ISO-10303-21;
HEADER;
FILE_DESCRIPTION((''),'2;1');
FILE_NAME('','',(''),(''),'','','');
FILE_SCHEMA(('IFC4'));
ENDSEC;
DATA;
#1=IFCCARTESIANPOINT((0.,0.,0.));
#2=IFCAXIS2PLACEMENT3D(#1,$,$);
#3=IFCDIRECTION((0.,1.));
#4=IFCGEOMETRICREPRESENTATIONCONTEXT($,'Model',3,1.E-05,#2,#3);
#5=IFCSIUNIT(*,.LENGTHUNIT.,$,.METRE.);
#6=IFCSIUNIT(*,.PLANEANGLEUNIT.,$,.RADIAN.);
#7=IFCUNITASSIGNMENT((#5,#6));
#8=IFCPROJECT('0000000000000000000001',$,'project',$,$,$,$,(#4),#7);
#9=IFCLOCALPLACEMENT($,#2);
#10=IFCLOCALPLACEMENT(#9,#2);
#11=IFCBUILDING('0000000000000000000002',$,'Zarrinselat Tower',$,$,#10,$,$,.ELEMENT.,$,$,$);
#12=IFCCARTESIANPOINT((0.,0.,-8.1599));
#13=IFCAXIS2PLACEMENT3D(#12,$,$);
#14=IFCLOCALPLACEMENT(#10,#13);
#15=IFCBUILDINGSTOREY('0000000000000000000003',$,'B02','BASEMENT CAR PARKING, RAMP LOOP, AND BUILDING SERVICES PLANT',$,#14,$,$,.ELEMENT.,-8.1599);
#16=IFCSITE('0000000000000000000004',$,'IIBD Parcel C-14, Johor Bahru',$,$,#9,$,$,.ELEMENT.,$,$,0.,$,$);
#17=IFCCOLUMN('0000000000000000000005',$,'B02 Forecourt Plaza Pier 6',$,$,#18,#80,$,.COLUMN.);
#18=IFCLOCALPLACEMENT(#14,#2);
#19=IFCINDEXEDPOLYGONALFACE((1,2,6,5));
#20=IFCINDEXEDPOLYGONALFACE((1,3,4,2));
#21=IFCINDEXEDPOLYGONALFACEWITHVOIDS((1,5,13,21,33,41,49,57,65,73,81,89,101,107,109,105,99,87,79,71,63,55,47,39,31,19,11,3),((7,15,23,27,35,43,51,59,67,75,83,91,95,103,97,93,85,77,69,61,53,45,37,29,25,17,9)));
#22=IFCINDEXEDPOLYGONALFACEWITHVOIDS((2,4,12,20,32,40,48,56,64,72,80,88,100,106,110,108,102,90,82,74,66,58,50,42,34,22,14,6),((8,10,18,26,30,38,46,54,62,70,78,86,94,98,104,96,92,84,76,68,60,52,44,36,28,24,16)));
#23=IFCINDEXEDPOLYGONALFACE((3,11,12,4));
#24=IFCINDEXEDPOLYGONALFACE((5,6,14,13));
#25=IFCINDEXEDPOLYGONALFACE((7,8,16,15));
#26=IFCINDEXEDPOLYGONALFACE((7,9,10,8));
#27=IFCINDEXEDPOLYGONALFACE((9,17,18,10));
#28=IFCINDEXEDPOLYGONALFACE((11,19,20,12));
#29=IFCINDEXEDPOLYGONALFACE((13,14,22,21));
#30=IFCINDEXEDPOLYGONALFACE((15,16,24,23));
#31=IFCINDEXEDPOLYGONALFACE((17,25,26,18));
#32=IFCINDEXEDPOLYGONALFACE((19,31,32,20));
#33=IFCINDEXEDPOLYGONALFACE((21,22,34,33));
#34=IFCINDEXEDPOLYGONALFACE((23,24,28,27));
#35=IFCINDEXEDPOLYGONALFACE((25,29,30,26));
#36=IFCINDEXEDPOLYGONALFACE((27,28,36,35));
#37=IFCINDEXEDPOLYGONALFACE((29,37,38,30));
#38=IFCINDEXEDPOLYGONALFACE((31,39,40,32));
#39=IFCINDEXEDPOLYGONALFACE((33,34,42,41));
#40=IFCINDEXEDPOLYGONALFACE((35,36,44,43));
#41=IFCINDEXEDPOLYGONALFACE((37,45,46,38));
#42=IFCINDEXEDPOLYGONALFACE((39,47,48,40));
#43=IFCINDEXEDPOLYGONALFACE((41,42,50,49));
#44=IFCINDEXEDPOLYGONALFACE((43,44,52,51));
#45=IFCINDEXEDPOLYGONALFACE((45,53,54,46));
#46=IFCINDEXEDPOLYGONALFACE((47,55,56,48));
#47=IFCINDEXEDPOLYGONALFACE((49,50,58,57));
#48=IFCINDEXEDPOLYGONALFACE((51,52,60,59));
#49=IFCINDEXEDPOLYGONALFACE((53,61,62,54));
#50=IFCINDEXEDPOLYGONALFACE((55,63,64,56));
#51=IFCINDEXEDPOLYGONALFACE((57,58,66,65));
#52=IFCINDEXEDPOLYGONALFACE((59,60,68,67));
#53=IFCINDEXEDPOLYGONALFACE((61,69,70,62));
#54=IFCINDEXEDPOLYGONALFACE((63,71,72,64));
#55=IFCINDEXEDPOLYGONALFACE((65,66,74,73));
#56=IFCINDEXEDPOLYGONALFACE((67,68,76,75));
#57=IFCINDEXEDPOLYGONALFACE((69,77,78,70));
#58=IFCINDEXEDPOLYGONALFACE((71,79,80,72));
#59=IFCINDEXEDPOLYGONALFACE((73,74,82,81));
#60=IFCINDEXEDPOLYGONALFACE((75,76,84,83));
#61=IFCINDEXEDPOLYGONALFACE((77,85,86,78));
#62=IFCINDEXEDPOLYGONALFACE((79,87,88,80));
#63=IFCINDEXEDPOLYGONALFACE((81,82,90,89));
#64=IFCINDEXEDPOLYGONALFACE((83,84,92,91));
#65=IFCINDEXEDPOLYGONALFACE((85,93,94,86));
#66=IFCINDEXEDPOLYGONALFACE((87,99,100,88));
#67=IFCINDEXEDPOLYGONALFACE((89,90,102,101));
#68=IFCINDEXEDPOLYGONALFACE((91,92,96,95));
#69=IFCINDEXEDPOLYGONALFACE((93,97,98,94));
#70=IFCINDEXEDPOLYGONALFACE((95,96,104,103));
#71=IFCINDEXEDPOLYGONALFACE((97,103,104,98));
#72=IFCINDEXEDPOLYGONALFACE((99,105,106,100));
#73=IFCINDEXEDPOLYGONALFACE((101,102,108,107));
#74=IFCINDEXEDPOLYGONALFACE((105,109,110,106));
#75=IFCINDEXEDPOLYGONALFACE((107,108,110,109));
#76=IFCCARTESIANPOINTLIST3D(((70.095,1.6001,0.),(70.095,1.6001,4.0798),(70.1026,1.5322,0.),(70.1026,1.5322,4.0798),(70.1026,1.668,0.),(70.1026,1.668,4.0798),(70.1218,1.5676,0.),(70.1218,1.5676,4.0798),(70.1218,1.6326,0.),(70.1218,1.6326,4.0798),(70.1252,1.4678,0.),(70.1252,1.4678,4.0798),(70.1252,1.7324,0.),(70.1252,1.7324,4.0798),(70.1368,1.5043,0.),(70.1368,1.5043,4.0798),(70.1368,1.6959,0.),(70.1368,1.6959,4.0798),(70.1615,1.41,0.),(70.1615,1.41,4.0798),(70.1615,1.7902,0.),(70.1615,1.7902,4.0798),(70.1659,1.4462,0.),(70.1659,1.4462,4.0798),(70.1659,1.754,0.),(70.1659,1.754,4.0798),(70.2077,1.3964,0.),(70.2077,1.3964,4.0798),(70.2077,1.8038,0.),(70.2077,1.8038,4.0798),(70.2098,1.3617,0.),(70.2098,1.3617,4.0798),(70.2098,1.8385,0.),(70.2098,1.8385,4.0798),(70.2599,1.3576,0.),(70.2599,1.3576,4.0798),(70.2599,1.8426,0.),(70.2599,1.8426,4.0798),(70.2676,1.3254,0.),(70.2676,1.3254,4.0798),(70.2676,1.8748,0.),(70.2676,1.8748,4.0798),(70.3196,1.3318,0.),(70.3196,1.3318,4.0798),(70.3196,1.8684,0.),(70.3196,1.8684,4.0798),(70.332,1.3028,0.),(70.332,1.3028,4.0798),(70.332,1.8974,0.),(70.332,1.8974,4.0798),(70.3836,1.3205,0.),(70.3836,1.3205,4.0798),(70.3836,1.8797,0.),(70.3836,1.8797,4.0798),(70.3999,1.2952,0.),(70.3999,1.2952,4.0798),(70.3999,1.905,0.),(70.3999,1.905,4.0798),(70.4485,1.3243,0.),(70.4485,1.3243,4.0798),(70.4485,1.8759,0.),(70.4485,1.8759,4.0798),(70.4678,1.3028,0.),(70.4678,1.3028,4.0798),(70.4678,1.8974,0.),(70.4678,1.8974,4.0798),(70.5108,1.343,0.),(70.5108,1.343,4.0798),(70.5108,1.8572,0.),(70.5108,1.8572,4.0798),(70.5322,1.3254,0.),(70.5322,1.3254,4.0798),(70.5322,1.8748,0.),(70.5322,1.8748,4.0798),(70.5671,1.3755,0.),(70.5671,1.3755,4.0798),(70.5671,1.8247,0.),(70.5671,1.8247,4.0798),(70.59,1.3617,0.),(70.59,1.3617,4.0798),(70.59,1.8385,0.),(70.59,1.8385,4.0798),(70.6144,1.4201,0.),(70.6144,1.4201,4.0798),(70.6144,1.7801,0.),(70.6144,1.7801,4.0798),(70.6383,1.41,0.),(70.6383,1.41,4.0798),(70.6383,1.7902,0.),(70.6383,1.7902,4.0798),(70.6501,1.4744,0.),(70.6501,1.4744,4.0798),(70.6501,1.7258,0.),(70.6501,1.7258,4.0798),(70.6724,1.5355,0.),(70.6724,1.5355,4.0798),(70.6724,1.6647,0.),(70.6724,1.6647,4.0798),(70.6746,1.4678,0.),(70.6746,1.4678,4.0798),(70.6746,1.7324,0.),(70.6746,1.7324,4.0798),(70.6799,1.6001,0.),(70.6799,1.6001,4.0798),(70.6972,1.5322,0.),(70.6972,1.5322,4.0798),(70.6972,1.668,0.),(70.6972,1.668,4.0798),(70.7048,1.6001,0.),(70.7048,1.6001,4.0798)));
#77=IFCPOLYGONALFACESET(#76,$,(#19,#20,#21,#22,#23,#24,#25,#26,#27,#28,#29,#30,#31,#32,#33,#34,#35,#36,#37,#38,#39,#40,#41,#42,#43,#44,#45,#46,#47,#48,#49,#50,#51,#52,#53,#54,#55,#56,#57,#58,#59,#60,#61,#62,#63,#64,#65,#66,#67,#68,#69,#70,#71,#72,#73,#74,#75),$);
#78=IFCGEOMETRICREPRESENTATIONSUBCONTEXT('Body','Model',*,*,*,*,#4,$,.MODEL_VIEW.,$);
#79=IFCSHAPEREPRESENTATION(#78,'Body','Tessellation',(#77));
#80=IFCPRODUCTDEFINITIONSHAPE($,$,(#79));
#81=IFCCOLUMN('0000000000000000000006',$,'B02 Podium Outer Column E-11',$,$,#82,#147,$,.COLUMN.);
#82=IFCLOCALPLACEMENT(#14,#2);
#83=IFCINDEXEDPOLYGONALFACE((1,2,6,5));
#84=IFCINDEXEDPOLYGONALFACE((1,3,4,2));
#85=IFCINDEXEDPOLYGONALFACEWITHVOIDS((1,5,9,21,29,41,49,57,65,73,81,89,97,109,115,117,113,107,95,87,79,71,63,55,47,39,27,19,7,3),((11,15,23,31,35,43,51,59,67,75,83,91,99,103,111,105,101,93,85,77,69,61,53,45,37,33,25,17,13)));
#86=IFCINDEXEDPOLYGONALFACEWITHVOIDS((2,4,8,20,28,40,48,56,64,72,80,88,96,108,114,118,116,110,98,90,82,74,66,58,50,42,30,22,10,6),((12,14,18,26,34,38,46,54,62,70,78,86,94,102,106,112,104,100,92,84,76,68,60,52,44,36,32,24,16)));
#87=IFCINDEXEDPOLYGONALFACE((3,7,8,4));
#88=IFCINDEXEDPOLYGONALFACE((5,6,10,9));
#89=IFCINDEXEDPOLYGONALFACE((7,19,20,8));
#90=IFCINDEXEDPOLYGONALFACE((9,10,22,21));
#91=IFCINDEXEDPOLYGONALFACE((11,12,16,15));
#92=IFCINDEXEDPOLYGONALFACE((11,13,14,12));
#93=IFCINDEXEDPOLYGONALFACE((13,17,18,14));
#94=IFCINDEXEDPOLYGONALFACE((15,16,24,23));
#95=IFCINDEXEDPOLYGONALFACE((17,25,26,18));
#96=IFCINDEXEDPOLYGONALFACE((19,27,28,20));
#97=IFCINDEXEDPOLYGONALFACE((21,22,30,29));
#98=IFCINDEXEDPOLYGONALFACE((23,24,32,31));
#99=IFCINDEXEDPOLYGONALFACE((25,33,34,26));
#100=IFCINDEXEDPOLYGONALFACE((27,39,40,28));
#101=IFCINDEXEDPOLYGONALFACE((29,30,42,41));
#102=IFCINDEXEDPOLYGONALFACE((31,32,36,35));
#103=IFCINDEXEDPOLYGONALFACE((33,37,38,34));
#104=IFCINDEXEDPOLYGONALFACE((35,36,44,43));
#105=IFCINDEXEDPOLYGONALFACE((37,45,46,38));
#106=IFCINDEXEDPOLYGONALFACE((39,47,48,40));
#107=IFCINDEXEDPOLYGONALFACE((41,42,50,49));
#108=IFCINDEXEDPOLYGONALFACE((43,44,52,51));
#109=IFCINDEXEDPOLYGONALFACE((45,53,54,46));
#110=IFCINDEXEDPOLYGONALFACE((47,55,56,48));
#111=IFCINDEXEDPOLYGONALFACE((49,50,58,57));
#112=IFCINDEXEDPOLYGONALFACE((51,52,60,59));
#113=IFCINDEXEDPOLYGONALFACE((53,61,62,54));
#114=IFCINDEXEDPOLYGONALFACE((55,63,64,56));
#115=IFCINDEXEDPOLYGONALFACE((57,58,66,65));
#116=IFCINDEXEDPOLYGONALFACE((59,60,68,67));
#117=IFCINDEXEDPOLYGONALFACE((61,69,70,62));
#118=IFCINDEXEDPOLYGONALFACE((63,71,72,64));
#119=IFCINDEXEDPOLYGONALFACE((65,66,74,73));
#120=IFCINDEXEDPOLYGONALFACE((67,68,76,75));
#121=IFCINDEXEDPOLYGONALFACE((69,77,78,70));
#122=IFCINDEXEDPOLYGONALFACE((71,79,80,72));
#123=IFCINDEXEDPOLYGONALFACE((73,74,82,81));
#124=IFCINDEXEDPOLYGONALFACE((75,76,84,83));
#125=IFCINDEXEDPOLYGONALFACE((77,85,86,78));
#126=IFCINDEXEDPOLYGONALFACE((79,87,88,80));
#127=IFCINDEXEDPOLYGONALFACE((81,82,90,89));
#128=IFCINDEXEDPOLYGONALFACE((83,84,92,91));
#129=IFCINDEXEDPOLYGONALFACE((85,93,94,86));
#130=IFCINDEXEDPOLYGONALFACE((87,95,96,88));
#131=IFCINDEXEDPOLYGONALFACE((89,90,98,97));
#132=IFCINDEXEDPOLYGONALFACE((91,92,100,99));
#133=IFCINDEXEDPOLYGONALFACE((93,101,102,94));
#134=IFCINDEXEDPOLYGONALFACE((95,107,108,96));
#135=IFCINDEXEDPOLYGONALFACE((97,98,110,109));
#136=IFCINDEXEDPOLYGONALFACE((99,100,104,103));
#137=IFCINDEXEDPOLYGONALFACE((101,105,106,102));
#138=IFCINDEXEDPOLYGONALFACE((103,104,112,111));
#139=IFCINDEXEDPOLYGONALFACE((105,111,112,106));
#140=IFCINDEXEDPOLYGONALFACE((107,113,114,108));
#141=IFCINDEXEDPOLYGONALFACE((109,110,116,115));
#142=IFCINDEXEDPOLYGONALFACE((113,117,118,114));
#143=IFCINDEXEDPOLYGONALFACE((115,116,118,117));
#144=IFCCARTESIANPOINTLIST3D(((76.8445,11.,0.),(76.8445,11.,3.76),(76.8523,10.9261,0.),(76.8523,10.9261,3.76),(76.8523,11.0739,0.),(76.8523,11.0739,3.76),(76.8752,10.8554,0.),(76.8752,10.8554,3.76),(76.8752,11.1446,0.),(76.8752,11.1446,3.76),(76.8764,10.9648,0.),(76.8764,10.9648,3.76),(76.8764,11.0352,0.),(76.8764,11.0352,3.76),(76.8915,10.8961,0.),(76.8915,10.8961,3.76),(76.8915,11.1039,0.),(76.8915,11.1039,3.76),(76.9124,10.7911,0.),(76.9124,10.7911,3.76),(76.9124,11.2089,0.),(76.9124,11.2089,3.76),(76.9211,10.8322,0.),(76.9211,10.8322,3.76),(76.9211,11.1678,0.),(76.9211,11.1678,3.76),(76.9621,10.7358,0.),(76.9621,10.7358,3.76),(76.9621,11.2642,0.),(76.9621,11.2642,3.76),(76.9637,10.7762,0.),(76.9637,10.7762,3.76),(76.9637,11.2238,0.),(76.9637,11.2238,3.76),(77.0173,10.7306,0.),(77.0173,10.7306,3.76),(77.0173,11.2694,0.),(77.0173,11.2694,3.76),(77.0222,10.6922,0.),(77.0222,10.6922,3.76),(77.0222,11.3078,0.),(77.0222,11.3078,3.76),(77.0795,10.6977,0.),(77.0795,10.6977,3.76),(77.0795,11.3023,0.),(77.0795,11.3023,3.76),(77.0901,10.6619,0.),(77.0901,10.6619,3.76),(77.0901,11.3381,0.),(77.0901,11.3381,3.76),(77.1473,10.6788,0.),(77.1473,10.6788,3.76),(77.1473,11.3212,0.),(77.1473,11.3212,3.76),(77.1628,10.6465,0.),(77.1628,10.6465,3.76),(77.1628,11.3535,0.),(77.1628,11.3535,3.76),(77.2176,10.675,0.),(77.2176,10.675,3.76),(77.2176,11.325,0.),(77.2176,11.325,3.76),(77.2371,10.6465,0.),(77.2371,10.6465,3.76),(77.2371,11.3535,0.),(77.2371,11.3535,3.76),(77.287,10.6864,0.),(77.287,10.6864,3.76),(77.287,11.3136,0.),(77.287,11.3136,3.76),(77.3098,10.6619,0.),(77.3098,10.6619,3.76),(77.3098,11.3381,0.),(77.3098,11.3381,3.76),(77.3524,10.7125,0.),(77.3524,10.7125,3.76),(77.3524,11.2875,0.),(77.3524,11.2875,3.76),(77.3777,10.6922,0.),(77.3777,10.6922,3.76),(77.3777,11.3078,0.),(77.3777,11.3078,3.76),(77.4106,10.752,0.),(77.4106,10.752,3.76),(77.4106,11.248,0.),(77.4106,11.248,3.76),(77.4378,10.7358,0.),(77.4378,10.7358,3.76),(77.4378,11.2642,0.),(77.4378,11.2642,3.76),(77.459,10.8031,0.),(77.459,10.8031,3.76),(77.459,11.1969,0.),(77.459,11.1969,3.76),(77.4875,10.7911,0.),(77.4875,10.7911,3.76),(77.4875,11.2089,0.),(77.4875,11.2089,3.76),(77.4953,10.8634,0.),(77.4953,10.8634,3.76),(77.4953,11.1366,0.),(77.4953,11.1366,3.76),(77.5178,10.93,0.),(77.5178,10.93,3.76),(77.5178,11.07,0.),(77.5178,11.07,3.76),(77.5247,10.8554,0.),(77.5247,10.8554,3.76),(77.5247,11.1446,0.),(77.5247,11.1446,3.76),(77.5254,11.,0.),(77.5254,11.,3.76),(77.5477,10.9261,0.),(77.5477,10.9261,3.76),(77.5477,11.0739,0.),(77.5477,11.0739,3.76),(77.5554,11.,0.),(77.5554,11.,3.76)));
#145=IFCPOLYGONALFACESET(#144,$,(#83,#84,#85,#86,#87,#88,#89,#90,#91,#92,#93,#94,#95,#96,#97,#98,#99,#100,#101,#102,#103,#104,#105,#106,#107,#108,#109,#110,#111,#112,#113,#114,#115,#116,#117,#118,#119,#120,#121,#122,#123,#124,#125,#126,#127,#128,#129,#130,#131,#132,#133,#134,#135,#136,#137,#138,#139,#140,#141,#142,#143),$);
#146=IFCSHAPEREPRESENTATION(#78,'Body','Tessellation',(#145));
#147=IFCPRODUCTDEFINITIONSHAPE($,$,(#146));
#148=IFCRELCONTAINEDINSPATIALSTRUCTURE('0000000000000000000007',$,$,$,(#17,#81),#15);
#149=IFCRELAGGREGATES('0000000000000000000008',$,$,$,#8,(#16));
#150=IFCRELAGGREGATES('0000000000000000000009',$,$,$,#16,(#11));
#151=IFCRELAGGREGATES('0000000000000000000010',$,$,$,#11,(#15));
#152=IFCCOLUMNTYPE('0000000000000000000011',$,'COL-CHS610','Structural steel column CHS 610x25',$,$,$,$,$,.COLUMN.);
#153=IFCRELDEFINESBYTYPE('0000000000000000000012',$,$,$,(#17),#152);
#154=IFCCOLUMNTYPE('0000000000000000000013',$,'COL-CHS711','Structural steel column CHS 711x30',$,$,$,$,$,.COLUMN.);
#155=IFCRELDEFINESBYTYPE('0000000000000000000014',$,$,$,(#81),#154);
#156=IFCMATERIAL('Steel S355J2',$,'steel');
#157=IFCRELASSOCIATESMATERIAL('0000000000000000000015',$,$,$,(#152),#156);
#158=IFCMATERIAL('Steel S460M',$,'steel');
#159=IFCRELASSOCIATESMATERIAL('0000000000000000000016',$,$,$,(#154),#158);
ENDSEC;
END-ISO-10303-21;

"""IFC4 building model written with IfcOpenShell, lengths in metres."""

from ifc_helpers import new_model, si_unit, direction, frame, origin, origin_2d, place, context, subcontext, project, spatial, hollow_circle, extrude, material, material_profile, profile_set, type_object, element, save


model = new_model("IFC4")

# Units and contexts
model_context = context("Model", 3, precision=1e-05, world=origin(), true_north=direction((0.0, 1.0)))
body_context = subcontext(model_context, "Body", "Model", "MODEL_VIEW")
ifc_project = project(units=[si_unit("LENGTHUNIT", "METRE"), si_unit("PLANEANGLEUNIT", "RADIAN")], contexts=[model_context])

# Site, building, storey
site_placement = place(None, origin())
site = spatial("IfcSite", under=ifc_project, at=site_placement, Name="IIBD Parcel C-14, Johor Bahru", CompositionType="ELEMENT", RefElevation=0.0)
building_placement = place(site_placement, origin())
building = spatial("IfcBuilding", under=site, at=building_placement, Name="Zarrinselat Tower", CompositionType="ELEMENT")
storey_placement = place(building_placement, frame((0.0, 0.0, -8.1599)))
storey = spatial("IfcBuildingStorey", under=building, at=storey_placement, Name="B02", Description="BASEMENT CAR PARKING, RAMP LOOP, AND BUILDING SERVICES PLANT", CompositionType="ELEMENT", Elevation=-8.1599)

# Columns
ifc_material_1 = material(Name="Steel S355J2", Category="steel")
ifc_material_profile_1 = material_profile(ifc_material_1, hollow_circle(Radius=0.3049, WallThickness=0.0249, at=origin_2d()), Name="CHS 610x25")
ifc_profile_set_1 = profile_set([ifc_material_profile_1], Name="Steel S355J2")
column_type_1 = type_object("IfcColumnType", Name="COL-CHS610", Description="Structural steel column CHS 610x25", PredefinedType="COLUMN", material=ifc_profile_set_1)
for number, where, z_axis, x_axis, name in (
    (1, (70.3999, 1.6001, 0.0), (0.0, 0.0, 1.0), (1.0, 0.0, 0.0), "B02 Forecourt Plaza Pier 6"),
):
    element("IfcColumn", number, at=place(storey_placement, frame(where, z_axis=z_axis, x_axis=x_axis)), inside=storey, type_object=column_type_1, Name=name, PredefinedType="COLUMN", context=body_context, shape_type="SweptSolid", body=[
        extrude(hollow_circle(Radius=0.3049, WallThickness=0.0249, at=origin_2d()), origin(), (0.0, 0.0, 1.0), 4.0798),
    ])
ifc_material_2 = material(Name="Steel S460M", Category="steel")
ifc_material_profile_2 = material_profile(ifc_material_2, hollow_circle(Radius=0.3555, WallThickness=0.03, at=origin_2d()), Name="CHS 711x30")
ifc_profile_set_2 = profile_set([ifc_material_profile_2], Name="Steel S460M")
column_type_2 = type_object("IfcColumnType", Name="COL-CHS711", Description="Structural steel column CHS 711x30", PredefinedType="COLUMN", material=ifc_profile_set_2)
for number, where, z_axis, x_axis, name in (
    (2, (77.2, 11.0, 0.0), (0.0, 0.0, 1.0), (1.0, 0.0, 0.0), "B02 Podium Outer Column E-11"),
):
    element("IfcColumn", number, at=place(storey_placement, frame(where, z_axis=z_axis, x_axis=x_axis)), inside=storey, type_object=column_type_2, Name=name, PredefinedType="COLUMN", context=body_context, shape_type="SweptSolid", body=[
        extrude(hollow_circle(Radius=0.3555, WallThickness=0.03, at=origin_2d()), origin(), (0.0, 0.0, 1.0), 3.76),
    ])

save(model, "model.ifc")
